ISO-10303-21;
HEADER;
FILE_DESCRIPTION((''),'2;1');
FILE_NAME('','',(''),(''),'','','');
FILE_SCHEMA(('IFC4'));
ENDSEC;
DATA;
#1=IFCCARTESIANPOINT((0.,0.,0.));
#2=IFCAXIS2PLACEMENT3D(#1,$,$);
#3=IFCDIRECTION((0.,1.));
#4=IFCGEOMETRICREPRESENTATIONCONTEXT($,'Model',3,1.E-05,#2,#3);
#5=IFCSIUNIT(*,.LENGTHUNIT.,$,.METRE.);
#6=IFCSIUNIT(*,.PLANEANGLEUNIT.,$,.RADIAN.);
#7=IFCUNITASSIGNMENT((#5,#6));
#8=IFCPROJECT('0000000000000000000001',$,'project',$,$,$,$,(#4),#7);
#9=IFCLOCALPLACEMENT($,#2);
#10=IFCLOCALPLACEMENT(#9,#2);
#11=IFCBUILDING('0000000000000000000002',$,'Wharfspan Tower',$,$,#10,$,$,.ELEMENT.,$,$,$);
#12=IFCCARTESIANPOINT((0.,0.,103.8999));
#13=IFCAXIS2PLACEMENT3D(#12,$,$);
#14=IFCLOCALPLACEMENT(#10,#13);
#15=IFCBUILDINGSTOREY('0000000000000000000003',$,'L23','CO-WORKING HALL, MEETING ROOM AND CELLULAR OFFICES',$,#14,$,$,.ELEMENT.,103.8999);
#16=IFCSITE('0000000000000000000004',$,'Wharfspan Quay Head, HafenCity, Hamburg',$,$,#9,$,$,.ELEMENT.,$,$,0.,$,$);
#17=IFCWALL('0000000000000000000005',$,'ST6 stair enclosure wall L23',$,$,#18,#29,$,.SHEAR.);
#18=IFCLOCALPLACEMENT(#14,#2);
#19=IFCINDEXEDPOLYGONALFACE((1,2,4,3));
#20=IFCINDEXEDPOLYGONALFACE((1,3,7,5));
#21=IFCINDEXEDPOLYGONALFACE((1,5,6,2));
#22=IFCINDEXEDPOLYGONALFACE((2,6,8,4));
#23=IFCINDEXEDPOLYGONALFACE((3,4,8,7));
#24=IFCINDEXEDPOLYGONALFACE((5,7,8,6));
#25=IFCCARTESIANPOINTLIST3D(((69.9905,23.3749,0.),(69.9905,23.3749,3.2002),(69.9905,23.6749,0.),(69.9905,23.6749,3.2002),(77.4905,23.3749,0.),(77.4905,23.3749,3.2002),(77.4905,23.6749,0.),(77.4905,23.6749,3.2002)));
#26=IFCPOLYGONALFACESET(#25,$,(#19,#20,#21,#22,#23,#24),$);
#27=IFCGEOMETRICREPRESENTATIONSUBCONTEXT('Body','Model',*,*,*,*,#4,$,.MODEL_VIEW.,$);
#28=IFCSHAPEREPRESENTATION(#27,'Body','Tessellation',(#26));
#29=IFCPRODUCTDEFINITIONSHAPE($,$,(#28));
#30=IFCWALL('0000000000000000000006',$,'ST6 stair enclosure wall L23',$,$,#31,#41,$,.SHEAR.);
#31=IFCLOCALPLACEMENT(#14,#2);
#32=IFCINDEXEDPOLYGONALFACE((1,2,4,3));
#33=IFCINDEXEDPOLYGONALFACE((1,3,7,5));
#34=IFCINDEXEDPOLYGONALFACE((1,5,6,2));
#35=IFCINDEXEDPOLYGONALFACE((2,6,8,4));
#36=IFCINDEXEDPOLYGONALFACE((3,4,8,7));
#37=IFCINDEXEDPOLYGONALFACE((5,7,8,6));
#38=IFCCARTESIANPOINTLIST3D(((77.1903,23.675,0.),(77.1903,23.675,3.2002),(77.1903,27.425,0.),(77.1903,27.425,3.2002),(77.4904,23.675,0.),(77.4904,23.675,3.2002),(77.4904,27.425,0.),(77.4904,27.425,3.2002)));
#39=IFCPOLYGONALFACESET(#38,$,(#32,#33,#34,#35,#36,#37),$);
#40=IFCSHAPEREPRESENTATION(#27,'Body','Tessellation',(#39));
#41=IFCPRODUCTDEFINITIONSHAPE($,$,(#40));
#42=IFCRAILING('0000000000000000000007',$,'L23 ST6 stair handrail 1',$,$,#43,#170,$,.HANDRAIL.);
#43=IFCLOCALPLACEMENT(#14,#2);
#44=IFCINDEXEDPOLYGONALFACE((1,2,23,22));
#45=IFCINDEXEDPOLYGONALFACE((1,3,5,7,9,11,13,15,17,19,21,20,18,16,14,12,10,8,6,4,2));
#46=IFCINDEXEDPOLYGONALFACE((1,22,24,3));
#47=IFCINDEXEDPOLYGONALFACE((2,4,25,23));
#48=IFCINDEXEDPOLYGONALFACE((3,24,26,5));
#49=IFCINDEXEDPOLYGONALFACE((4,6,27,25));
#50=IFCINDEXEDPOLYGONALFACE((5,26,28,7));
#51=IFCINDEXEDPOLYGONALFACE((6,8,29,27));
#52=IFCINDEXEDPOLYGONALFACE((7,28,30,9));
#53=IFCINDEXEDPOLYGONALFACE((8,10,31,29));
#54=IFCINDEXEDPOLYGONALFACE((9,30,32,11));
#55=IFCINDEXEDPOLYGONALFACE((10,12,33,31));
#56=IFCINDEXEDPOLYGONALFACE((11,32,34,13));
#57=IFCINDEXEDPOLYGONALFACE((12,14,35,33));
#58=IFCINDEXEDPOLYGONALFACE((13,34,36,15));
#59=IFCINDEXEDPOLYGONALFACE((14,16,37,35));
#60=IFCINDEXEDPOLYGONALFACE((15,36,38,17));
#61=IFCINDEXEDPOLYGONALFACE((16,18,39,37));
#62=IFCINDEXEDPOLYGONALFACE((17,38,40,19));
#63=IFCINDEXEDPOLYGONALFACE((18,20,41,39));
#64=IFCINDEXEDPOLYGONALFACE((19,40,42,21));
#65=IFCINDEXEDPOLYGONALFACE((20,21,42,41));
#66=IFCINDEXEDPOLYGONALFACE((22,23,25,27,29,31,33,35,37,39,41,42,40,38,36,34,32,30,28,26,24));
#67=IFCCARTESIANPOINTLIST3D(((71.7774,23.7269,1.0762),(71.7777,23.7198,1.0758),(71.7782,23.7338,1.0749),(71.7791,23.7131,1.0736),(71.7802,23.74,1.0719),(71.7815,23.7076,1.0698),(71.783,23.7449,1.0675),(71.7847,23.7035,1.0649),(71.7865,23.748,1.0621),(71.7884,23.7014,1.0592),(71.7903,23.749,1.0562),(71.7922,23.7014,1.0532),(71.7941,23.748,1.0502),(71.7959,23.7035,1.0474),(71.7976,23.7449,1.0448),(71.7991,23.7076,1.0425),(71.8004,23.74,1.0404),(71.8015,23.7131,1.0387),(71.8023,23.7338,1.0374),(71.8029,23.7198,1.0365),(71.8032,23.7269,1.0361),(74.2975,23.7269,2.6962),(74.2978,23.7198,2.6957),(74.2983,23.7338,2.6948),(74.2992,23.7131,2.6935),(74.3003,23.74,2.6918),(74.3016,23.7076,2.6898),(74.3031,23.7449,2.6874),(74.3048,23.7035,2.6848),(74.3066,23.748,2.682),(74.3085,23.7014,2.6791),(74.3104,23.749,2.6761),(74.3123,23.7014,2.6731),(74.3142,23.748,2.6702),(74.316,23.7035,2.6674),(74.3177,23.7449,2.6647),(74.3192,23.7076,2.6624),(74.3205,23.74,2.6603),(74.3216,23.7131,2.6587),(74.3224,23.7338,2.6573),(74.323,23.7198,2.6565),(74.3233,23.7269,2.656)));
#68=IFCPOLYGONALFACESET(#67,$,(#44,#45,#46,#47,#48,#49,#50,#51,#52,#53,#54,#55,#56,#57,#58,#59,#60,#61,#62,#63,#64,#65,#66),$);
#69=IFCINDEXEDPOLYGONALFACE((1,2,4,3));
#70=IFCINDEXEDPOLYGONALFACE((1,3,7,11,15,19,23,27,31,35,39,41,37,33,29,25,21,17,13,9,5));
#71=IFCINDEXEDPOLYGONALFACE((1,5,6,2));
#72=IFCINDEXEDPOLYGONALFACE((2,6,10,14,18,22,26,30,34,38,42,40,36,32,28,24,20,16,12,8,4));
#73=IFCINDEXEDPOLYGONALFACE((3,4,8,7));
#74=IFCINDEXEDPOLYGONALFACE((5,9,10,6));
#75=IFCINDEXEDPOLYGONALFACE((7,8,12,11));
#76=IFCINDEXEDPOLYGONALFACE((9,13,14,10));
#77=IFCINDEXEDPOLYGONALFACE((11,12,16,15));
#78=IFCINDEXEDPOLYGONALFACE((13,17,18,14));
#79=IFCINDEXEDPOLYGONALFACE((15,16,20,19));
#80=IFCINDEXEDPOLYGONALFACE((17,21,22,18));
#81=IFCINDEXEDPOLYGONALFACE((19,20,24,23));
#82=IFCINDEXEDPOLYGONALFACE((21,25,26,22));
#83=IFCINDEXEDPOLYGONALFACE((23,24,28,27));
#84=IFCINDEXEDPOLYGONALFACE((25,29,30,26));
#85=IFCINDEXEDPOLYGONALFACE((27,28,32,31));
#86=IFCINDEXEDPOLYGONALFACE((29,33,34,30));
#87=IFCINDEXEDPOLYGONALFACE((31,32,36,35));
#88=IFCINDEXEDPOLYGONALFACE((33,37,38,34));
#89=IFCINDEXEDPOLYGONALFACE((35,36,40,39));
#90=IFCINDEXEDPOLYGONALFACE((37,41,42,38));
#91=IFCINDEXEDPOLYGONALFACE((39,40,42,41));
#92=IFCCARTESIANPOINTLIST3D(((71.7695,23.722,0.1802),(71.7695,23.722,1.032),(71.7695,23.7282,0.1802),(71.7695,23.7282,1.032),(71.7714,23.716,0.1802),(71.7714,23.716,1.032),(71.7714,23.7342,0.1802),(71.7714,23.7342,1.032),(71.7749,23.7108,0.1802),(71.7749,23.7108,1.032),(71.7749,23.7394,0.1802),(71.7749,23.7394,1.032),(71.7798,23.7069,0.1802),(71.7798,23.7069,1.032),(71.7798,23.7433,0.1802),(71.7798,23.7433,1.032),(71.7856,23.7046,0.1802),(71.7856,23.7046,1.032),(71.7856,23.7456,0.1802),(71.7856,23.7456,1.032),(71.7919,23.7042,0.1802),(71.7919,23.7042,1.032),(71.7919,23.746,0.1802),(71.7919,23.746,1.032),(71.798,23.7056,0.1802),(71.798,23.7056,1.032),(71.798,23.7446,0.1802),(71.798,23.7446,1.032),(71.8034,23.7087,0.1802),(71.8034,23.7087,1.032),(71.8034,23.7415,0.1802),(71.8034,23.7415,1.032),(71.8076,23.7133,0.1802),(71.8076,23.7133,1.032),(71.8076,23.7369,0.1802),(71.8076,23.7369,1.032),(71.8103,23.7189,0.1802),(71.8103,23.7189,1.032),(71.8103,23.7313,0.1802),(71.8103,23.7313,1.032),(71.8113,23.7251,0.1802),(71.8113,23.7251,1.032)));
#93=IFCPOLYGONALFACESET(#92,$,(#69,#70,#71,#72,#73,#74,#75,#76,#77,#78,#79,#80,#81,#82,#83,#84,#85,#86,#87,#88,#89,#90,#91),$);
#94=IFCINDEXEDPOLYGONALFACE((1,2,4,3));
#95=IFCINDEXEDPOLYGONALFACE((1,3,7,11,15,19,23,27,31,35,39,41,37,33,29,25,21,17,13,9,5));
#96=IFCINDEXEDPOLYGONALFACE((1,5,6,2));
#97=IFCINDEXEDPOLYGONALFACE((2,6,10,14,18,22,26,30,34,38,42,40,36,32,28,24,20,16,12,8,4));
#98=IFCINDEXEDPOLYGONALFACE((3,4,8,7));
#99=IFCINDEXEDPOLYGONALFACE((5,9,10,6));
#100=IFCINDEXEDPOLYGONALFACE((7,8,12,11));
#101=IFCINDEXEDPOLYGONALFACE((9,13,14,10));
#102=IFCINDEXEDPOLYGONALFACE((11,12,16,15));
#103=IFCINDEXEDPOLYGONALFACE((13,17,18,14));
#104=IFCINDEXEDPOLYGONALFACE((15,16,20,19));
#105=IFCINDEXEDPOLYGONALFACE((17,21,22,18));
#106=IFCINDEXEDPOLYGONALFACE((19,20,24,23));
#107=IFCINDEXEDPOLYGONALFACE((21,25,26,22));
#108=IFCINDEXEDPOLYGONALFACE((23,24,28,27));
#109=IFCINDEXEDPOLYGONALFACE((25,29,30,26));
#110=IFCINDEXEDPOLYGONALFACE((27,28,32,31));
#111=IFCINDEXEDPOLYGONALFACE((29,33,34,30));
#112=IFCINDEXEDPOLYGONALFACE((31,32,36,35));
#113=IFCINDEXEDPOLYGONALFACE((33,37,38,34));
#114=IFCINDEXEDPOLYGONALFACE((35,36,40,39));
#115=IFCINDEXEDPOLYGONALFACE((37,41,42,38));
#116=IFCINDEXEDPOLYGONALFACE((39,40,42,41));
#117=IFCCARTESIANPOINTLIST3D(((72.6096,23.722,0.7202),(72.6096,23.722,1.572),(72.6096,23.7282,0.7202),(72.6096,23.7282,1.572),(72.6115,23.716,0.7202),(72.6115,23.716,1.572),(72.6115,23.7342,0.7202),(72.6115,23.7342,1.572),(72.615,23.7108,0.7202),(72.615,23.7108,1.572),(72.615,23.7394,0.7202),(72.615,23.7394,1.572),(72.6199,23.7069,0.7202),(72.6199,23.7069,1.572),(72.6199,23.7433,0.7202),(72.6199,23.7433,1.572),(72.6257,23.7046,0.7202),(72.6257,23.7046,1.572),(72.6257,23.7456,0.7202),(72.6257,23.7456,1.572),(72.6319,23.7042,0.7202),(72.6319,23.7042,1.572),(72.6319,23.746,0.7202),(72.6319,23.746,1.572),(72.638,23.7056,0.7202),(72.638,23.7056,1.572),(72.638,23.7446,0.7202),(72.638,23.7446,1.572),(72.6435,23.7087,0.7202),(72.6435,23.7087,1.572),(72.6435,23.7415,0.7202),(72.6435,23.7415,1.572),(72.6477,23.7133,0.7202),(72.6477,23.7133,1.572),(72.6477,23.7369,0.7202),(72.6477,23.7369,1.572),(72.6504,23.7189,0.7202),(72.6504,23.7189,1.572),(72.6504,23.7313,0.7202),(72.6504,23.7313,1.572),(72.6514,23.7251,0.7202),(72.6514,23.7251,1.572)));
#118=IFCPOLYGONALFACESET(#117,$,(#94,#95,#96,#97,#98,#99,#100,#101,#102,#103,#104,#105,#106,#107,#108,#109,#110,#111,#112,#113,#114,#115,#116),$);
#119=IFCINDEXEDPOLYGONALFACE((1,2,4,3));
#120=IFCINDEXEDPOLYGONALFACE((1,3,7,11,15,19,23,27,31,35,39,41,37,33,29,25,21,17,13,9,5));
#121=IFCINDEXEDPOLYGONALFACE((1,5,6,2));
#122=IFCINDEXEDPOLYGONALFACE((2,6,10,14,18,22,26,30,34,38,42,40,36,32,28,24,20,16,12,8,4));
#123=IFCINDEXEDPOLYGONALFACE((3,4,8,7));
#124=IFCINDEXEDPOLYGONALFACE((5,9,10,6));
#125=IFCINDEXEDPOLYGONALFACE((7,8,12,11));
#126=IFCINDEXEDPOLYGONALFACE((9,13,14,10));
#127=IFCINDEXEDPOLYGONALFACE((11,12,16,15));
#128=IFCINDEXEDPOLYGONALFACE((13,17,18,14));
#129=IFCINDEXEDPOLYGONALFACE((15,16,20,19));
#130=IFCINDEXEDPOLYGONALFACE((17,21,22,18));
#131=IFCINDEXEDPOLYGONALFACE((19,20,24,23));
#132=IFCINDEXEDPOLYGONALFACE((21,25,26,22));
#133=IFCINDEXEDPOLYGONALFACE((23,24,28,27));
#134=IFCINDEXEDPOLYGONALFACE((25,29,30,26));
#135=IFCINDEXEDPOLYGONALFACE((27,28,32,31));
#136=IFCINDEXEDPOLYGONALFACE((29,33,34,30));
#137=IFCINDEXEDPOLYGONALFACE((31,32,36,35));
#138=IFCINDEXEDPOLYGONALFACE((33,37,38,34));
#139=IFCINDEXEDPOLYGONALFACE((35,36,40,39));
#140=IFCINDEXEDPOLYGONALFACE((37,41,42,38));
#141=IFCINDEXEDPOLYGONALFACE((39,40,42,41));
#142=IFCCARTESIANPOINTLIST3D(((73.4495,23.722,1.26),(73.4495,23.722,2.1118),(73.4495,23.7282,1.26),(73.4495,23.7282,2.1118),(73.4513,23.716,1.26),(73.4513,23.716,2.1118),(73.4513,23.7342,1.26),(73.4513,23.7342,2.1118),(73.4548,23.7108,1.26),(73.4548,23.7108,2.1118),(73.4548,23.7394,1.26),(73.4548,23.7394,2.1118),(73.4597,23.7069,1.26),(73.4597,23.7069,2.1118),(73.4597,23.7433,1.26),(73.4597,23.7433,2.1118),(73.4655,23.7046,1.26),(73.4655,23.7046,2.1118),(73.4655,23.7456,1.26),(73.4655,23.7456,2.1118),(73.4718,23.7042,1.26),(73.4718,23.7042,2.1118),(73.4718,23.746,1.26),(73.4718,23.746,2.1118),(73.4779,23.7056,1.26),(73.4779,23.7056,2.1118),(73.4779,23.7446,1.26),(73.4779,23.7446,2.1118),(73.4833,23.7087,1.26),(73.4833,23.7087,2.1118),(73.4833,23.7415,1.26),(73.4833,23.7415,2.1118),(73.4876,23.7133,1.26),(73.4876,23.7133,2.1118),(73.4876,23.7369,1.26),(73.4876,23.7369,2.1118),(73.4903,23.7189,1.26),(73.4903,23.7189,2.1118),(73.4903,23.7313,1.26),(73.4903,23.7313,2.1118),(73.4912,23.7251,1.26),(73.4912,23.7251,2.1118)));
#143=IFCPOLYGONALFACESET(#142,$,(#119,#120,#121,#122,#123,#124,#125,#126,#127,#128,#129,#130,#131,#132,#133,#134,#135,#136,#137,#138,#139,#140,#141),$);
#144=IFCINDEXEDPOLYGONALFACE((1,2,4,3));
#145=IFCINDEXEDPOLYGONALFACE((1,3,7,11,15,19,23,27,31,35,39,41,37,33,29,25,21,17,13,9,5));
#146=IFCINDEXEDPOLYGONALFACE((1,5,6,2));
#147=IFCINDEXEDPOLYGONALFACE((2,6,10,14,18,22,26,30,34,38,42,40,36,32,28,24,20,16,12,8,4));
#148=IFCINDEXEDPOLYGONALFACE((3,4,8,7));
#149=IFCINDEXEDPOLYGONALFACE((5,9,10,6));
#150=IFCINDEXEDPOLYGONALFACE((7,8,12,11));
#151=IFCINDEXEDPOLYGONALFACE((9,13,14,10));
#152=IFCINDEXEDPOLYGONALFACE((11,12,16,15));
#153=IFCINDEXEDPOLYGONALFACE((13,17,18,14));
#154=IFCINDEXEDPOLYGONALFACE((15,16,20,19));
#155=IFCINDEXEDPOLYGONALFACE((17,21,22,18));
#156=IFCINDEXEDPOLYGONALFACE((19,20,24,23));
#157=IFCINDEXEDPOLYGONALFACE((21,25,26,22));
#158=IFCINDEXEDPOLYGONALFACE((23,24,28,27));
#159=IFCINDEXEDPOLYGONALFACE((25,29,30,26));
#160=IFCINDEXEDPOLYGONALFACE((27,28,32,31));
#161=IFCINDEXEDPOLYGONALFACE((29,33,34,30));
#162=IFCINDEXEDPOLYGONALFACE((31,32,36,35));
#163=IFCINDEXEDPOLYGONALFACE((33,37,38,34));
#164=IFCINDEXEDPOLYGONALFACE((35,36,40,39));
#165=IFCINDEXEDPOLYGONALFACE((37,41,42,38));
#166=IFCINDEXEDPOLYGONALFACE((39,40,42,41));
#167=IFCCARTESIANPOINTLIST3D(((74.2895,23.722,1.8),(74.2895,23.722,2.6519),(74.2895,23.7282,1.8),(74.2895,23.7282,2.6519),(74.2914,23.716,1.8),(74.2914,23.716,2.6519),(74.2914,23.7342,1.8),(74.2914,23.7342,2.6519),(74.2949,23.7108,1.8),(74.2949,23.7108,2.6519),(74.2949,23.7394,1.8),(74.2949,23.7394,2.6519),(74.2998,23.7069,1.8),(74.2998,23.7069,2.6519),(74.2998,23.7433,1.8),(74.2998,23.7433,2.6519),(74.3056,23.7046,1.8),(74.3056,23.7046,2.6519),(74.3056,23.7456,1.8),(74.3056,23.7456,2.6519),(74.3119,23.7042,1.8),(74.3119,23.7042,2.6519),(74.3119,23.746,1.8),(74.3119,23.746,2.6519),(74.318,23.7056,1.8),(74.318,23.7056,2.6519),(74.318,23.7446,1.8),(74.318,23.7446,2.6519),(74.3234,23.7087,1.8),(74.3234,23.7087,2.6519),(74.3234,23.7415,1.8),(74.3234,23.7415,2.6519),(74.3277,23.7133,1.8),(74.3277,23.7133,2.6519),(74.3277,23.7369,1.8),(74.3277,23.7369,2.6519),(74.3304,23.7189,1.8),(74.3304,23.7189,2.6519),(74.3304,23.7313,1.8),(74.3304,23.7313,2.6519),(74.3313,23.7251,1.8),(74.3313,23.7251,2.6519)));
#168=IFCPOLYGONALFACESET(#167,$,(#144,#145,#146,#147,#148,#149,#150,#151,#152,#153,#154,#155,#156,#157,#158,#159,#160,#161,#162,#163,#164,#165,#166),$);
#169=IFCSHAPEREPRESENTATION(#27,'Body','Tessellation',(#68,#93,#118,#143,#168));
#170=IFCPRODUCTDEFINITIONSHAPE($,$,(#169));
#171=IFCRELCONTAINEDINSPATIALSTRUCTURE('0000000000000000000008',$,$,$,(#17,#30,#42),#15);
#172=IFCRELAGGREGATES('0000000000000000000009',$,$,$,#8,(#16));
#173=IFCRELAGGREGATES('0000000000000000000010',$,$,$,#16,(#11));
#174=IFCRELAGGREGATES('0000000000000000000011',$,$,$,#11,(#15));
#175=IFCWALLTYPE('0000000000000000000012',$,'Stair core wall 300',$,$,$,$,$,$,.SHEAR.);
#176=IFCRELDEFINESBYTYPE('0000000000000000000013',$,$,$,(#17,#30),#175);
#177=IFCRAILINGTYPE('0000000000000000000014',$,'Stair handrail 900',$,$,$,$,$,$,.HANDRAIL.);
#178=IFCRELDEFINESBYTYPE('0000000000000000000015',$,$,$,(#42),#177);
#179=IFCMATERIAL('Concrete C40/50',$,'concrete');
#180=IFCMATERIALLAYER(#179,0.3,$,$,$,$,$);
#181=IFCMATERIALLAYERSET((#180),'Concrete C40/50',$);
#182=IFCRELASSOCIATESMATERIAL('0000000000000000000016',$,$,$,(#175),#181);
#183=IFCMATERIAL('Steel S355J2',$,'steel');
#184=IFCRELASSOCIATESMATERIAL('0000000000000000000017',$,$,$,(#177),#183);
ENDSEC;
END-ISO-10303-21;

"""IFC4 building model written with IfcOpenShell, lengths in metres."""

from ifc_helpers import new_model, si_unit, direction, frame, frame_2d, origin, origin_2d, place, context, subcontext, project, spatial, rectangle, circle, extrude, material, layer, layer_set, type_object, element, save


model = new_model("IFC4")

# Units and contexts
model_context = context("Model", 3, precision=1e-05, world=origin(), true_north=direction((0.0, 1.0)))
body_context = subcontext(model_context, "Body", "Model", "MODEL_VIEW")
ifc_project = project(units=[si_unit("LENGTHUNIT", "METRE"), si_unit("PLANEANGLEUNIT", "RADIAN")], contexts=[model_context])

# Site, building, storey
site_placement = place(None, origin())
site = spatial("IfcSite", under=ifc_project, at=site_placement, Name="Wharfspan Quay Head, HafenCity, Hamburg", CompositionType="ELEMENT", RefElevation=0.0)
building_placement = place(site_placement, origin())
building = spatial("IfcBuilding", under=site, at=building_placement, Name="Wharfspan Tower", CompositionType="ELEMENT")
storey_placement = place(building_placement, frame((0.0, 0.0, 103.8999)))
storey = spatial("IfcBuildingStorey", under=building, at=storey_placement, Name="L23", Description="CO-WORKING HALL, MEETING ROOM AND CELLULAR OFFICES", CompositionType="ELEMENT", Elevation=103.8999)

# Shared definitions
ifc_material_1 = material(Name="Steel S355J2", Category="steel")

# Shared definitions
ifc_material_2 = material(Name="Concrete C40/50", Category="concrete")
ifc_layer_1 = layer(ifc_material_2, 0.3)
ifc_layer_set_1 = layer_set([ifc_layer_1], Name="Concrete C40/50")
wall_type_1 = type_object("IfcWallType", Name="Stair core wall 300", PredefinedType="SHEAR", material=ifc_layer_set_1)

# Walls
wall_1_placement = place(storey_placement, frame((69.9905, 23.5249, 0.0), z_axis=(0.0, 0.0, 1.0), x_axis=(1.0, 0.0, 0.0)))
element("IfcWall", 1, at=wall_1_placement, inside=storey, type_object=wall_type_1, Name="ST6 stair enclosure wall L23", PredefinedType="SHEAR", context=body_context, shape_type="SweptSolid", body=[
    extrude(rectangle(XDim=7.5, YDim=0.3, at=frame_2d((3.75, 0.0))), origin(), (0.0, 0.0, 1.0), 3.2002),
])
wall_2_placement = place(storey_placement, frame((77.3403, 23.675, 0.0), z_axis=(0.0, 0.0, 1.0), x_axis=(0.0, 1.0, 0.0)))
element("IfcWall", 2, at=wall_2_placement, inside=storey, type_object=wall_type_1, Name="ST6 stair enclosure wall L23", PredefinedType="SHEAR", context=body_context, shape_type="SweptSolid", body=[
    extrude(rectangle(XDim=3.75, YDim=0.3, at=frame_2d((1.875, 0.0))), origin(), (0.0, 0.0, 1.0), 3.2002),
])

# Railing
railing_type = type_object("IfcRailingType", Name="Stair handrail 900", PredefinedType="HANDRAIL", material=ifc_material_1)
railing_placement = place(storey_placement, frame((71.7903, 23.7251, 0.1802)))
element("IfcRailing", 3, at=railing_placement, inside=storey, type_object=railing_type, Name="L23 ST6 stair handrail 1", PredefinedType="HANDRAIL", context=body_context, shape_type="SweptSolid", body=[
    extrude(circle(Radius=0.0239, at=origin_2d()), frame((0.0, 0.0, 0.876), z_axis=(0.8412, 0.0, 0.540725), x_axis=(0.0, 1.0, 0.0)), (0.0, 0.0, 1.0), 2.9958),
    extrude(circle(Radius=0.021, at=origin_2d()), origin(), (0.0, 0.0, 1.0), 0.8518),
    extrude(circle(Radius=0.021, at=origin_2d()), frame((0.8401, 0.0, 0.54)), (0.0, 0.0, 1.0), 0.8518),
    extrude(circle(Radius=0.021, at=origin_2d()), frame((1.6799, 0.0, 1.0798)), (0.0, 0.0, 1.0), 0.8518),
    extrude(circle(Radius=0.021, at=origin_2d()), frame((2.52, 0.0, 1.6199)), (0.0, 0.0, 1.0), 0.8518),
])

save(model, "model.ifc")
